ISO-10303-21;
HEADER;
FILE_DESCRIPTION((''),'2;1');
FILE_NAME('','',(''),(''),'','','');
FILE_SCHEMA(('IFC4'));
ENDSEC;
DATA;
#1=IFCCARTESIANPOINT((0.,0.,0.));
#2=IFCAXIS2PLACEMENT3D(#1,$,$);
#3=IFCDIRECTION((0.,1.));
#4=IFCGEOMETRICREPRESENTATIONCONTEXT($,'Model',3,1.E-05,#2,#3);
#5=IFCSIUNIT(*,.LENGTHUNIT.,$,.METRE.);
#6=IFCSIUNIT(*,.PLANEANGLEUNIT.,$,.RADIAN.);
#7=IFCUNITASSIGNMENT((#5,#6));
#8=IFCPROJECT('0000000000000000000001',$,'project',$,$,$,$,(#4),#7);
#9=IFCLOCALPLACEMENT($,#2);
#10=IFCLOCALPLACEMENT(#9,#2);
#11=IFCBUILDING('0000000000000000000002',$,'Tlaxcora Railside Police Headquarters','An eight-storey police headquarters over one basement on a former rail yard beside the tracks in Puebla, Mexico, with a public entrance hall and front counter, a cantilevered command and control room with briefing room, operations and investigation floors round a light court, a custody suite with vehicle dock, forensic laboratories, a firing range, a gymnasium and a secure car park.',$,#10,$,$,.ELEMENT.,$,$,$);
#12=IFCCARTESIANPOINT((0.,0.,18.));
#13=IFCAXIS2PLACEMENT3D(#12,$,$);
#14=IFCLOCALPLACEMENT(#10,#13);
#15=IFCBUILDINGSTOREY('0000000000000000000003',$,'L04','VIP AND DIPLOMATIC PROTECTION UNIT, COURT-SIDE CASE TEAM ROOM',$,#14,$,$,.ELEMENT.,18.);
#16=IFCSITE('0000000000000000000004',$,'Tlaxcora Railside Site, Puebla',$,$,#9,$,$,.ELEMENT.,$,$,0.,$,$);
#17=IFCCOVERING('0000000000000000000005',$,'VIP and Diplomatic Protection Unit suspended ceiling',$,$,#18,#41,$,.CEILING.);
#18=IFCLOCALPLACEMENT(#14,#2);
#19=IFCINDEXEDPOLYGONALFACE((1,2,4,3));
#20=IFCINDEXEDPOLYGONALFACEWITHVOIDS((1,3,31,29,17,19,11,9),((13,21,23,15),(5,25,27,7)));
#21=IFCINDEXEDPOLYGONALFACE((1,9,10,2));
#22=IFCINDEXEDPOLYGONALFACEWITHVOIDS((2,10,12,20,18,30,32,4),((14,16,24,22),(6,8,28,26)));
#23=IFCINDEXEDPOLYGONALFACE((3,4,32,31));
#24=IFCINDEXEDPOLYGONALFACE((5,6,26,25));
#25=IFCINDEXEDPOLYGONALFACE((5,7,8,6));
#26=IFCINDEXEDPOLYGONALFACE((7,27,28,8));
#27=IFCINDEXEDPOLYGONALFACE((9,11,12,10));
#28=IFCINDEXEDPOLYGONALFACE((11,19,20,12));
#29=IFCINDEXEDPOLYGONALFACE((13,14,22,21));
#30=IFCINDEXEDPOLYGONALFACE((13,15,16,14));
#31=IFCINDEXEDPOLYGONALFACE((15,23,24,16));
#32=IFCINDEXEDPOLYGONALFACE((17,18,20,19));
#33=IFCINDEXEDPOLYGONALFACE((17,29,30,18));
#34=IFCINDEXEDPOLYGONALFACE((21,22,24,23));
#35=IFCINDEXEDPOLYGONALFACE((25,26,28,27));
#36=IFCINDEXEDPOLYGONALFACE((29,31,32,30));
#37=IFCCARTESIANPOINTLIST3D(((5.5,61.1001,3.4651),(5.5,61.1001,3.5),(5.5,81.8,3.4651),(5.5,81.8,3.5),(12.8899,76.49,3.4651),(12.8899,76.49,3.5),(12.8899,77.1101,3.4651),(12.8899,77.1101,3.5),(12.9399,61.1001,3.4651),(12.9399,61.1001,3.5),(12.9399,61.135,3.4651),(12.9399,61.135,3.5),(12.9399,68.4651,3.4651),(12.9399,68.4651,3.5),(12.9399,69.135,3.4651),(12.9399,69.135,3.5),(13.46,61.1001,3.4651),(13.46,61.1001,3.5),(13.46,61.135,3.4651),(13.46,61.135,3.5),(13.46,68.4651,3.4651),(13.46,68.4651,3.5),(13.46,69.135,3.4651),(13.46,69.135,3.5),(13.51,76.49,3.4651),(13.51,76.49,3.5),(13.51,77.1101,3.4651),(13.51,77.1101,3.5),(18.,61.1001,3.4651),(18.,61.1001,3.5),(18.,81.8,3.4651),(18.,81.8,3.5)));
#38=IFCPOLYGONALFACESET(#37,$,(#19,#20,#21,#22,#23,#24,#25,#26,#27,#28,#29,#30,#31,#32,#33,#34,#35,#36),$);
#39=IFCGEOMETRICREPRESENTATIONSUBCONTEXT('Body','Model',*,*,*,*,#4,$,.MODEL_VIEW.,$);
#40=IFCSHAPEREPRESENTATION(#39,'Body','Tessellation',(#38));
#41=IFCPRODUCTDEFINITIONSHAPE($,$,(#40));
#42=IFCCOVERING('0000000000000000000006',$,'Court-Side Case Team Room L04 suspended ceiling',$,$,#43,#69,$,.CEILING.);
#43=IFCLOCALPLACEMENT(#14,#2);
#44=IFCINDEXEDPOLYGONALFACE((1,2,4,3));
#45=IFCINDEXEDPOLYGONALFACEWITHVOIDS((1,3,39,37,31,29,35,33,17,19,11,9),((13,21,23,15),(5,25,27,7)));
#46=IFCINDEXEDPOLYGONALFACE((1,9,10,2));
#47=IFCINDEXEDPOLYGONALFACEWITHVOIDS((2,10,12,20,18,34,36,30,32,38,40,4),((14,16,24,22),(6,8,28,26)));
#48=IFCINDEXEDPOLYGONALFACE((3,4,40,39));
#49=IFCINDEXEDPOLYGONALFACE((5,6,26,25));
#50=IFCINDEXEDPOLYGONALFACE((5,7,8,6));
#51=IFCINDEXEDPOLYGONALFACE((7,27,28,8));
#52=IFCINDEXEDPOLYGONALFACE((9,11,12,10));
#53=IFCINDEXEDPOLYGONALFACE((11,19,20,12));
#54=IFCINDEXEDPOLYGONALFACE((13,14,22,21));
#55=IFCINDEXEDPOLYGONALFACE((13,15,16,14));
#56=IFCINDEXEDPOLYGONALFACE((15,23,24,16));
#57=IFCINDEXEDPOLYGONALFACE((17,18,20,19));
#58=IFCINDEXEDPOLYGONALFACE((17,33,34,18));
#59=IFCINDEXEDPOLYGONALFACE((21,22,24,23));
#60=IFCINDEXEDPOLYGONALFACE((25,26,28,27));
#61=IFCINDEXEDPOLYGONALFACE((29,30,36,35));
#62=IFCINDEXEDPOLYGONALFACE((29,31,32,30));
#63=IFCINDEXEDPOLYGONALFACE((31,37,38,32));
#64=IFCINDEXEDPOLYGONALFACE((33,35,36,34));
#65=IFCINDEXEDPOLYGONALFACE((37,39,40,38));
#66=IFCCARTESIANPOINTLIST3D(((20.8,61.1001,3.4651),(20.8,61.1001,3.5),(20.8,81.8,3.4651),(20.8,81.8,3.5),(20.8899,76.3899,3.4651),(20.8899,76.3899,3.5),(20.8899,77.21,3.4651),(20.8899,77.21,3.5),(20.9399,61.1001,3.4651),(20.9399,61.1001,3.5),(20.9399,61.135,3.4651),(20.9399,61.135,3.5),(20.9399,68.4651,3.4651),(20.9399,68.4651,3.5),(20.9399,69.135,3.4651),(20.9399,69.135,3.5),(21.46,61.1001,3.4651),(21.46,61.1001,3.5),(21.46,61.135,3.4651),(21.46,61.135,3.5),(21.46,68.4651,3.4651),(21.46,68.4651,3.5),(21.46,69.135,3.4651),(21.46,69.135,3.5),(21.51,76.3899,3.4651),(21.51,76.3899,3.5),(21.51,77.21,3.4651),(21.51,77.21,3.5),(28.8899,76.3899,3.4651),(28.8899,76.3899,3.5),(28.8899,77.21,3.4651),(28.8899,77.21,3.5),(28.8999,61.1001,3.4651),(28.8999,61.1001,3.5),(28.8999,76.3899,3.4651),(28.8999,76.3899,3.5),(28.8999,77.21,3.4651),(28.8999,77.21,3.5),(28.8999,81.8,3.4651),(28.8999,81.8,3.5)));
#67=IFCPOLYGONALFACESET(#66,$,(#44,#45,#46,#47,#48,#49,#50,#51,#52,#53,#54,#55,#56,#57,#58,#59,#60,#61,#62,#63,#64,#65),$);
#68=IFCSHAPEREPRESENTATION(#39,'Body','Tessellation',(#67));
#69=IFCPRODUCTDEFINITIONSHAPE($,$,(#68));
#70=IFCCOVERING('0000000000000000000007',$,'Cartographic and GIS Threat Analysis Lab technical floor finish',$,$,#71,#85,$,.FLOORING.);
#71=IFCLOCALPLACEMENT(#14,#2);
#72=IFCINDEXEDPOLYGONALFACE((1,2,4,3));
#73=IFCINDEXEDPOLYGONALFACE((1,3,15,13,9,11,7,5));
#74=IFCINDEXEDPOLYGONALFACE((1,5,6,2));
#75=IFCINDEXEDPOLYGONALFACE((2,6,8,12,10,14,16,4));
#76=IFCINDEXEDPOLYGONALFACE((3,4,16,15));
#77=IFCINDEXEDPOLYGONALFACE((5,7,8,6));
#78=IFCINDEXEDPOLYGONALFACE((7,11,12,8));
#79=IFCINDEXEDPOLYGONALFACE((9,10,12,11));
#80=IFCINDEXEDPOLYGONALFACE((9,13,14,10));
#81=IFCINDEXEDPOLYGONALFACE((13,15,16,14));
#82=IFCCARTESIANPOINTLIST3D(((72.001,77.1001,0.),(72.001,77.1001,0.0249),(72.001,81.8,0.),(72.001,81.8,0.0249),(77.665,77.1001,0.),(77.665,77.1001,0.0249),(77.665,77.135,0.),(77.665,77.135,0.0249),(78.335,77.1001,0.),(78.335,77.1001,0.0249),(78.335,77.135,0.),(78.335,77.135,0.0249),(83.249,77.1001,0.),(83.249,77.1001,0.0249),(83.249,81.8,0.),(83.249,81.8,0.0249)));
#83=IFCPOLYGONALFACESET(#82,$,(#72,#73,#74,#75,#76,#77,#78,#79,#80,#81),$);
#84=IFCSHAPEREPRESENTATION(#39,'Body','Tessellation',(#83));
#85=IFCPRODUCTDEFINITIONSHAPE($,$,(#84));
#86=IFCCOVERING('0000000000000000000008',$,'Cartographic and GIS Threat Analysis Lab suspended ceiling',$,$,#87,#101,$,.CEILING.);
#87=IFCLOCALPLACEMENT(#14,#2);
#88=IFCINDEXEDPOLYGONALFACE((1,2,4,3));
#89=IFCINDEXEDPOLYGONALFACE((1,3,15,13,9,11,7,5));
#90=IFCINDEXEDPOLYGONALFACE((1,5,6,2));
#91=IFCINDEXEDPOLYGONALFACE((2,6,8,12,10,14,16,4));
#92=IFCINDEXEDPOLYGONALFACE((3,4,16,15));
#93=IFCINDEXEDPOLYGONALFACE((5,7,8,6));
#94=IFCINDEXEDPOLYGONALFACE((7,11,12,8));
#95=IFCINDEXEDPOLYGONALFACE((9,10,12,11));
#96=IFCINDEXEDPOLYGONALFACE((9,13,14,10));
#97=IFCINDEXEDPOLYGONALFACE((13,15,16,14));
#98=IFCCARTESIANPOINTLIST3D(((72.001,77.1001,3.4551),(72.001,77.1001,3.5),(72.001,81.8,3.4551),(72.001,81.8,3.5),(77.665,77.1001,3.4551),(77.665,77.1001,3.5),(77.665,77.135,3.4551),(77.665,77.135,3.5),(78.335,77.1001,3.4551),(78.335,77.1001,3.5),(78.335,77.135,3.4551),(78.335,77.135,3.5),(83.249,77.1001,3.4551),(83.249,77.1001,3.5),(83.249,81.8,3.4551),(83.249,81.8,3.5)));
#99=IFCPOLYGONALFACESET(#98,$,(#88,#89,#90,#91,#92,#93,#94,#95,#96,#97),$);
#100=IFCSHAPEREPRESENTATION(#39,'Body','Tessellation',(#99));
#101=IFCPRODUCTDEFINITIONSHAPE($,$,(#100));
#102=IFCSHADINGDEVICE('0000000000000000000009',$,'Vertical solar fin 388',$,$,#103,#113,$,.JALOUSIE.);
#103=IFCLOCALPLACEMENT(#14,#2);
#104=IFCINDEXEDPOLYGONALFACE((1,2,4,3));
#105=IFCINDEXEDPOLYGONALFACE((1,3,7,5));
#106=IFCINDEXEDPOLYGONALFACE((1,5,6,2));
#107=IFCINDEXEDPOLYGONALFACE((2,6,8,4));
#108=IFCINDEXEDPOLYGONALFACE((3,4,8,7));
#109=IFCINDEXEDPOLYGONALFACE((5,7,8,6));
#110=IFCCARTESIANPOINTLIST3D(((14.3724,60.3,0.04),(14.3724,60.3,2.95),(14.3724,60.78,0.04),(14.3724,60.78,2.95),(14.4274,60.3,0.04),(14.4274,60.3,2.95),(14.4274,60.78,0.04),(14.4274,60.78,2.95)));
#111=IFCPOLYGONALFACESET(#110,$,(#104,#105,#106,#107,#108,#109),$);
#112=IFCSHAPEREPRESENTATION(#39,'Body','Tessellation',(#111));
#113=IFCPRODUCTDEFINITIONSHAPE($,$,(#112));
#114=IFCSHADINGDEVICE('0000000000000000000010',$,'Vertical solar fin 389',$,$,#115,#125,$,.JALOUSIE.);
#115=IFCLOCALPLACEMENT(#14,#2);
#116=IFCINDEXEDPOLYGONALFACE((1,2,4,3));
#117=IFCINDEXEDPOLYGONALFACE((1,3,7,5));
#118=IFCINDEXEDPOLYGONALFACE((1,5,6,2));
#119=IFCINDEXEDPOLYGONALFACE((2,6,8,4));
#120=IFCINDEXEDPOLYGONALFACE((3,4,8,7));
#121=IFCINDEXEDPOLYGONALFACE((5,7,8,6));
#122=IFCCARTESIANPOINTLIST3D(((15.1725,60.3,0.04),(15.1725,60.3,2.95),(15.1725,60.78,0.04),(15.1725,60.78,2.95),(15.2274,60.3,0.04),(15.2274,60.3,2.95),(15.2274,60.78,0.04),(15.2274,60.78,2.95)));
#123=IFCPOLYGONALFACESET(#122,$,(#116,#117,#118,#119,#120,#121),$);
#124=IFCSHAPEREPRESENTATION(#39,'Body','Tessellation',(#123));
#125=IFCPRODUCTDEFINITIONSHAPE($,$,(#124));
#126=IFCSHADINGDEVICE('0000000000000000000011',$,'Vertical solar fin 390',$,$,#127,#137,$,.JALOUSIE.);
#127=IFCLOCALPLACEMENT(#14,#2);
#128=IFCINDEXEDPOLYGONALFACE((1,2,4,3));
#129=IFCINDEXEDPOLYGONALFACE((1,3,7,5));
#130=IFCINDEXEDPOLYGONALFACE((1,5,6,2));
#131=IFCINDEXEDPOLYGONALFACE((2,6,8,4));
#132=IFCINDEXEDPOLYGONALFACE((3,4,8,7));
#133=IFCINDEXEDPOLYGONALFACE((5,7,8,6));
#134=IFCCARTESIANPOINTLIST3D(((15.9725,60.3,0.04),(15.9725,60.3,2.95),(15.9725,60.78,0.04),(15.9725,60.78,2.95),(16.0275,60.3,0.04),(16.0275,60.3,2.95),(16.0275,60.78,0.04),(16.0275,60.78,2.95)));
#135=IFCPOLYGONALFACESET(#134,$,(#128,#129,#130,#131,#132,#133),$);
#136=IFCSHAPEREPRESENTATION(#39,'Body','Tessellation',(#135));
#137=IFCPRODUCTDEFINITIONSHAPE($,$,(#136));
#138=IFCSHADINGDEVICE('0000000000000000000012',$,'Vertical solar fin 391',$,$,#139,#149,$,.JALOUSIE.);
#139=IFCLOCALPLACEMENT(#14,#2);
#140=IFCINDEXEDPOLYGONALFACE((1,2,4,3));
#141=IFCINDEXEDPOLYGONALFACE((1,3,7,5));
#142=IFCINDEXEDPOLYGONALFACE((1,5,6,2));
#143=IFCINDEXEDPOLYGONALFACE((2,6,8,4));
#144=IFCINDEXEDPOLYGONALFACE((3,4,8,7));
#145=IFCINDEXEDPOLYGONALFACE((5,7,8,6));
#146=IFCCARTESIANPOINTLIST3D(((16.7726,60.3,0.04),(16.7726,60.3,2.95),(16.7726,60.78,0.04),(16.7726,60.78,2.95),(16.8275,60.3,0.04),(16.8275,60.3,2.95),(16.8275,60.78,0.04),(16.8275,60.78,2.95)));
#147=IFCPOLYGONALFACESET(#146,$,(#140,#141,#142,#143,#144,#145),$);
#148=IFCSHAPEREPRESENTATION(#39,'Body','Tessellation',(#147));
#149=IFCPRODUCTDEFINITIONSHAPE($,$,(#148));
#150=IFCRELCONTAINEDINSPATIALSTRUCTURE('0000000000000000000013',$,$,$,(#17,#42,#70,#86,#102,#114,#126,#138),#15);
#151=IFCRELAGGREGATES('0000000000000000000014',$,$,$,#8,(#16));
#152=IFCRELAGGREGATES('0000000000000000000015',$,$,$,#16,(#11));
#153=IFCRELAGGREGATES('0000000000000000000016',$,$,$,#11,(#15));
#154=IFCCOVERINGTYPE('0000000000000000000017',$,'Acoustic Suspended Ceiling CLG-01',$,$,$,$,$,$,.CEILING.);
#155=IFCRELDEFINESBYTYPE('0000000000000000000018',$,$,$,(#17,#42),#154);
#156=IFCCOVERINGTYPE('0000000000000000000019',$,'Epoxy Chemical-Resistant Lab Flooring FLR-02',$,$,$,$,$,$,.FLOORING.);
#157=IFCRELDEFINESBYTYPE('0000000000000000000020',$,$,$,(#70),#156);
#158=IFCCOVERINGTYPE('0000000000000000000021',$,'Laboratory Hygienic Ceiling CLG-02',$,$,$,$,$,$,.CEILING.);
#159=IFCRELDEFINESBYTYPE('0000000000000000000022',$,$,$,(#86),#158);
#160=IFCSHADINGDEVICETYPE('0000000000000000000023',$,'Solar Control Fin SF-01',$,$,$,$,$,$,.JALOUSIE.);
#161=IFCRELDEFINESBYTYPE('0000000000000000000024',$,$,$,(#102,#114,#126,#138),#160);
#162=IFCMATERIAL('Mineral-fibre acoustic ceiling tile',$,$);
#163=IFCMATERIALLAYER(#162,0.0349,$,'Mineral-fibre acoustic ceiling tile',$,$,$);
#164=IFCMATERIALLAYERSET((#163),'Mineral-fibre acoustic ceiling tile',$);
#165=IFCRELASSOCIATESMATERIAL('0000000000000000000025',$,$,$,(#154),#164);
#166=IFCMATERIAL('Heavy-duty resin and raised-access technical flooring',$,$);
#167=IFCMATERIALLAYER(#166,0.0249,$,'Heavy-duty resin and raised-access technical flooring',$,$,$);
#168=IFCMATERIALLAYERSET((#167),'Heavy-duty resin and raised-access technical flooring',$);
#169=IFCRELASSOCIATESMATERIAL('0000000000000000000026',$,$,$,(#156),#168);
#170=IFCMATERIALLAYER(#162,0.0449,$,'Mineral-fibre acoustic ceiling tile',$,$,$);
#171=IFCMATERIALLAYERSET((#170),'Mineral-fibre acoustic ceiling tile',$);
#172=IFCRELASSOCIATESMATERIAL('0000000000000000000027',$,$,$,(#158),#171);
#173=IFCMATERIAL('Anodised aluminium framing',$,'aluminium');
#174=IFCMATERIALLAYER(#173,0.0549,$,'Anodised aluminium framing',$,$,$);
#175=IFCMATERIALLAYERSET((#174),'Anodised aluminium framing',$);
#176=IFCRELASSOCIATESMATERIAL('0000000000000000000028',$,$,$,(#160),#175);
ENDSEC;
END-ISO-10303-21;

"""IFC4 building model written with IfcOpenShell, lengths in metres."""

from ifc_helpers import new_model, si_unit, direction, frame, origin, origin_2d, place, context, subcontext, project, spatial, polyline, rectangle, outline, extrude, material, layer, layer_set, type_object, element, save


model = new_model("IFC4")

# Units and contexts
model_context = context("Model", 3, precision=1e-05, world=origin(), true_north=direction((0.0, 1.0)))
body_context = subcontext(model_context, "Body", "Model", "MODEL_VIEW")
ifc_project = project(units=[si_unit("LENGTHUNIT", "METRE"), si_unit("PLANEANGLEUNIT", "RADIAN")], contexts=[model_context])

# Site, building, storey
site_placement = place(None, origin())
site = spatial("IfcSite", under=ifc_project, at=site_placement, Name="Tlaxcora Railside Site, Puebla", CompositionType="ELEMENT", RefElevation=0.0)
building_placement = place(site_placement, origin())
building = spatial("IfcBuilding", under=site, at=building_placement, Name="Tlaxcora Railside Police Headquarters", Description="An eight-storey police headquarters over one basement on a former rail yard beside the tracks in Puebla, Mexico, with a public entrance hall and front counter, a cantilevered command and control room with briefing room, operations and investigation floors round a light court, a custody suite with vehicle dock, forensic laboratories, a firing range, a gymnasium and a secure car park.", CompositionType="ELEMENT")
storey_placement = place(building_placement, frame((0.0, 0.0, 18.0)))
storey = spatial("IfcBuildingStorey", under=building, at=storey_placement, Name="L04", Description="VIP AND DIPLOMATIC PROTECTION UNIT, COURT-SIDE CASE TEAM ROOM", CompositionType="ELEMENT", Elevation=18.0)

# Coverings
ifc_material_1 = material(Name="Mineral-fibre acoustic ceiling tile")
ifc_layer_1 = layer(ifc_material_1, 0.0349, Name="Mineral-fibre acoustic ceiling tile")
ifc_layer_set_1 = layer_set([ifc_layer_1], Name="Mineral-fibre acoustic ceiling tile")
covering_type_1 = type_object("IfcCoveringType", Name="Acoustic Suspended Ceiling CLG-01", PredefinedType="CEILING", material=ifc_layer_set_1)
covering_1_placement = place(storey_placement, frame((0.0, 0.0, 3.4651)))
element("IfcCovering", 1, at=covering_1_placement, inside=storey, type_object=covering_type_1, Name="VIP and Diplomatic Protection Unit suspended ceiling", PredefinedType="CEILING", context=body_context, shape_type="SweptSolid", body=[
    extrude(outline(polyline([(18.0, 61.1001), (18.0, 81.8), (5.5, 81.8), (5.5, 61.1001), (12.9399, 61.1001), (12.9399, 61.135), (13.46, 61.135), (13.46, 61.1001), (18.0, 61.1001)]), holes=[polyline([(13.46, 69.135), (13.46, 68.4651), (12.9399, 68.4651), (12.9399, 69.135), (13.46, 69.135)]), polyline([(13.51, 76.49), (12.8899, 76.49), (12.8899, 77.1101), (13.51, 77.1101), (13.51, 76.49)])]), origin(), (0.0, 0.0, 1.0), 0.0349),
])
covering_2_placement = place(storey_placement, frame((0.0, 0.0, 3.4651)))
element("IfcCovering", 2, at=covering_2_placement, inside=storey, type_object=covering_type_1, Name="Court-Side Case Team Room L04 suspended ceiling", PredefinedType="CEILING", context=body_context, shape_type="SweptSolid", body=[
    extrude(outline(polyline([(21.46, 61.1001), (28.8999, 61.1001), (28.8999, 76.3899), (28.8899, 76.3899), (28.8899, 77.21), (28.8999, 77.21), (28.8999, 81.8), (20.8, 81.8), (20.8, 61.1001), (20.9399, 61.1001), (20.9399, 61.135), (21.46, 61.135), (21.46, 61.1001)]), holes=[polyline([(20.9399, 69.135), (21.46, 69.135), (21.46, 68.4651), (20.9399, 68.4651), (20.9399, 69.135)]), polyline([(21.51, 77.21), (21.51, 76.3899), (20.8899, 76.3899), (20.8899, 77.21), (21.51, 77.21)])]), origin(), (0.0, 0.0, 1.0), 0.0349),
])
ifc_material_2 = material(Name="Heavy-duty resin and raised-access technical flooring")
ifc_layer_2 = layer(ifc_material_2, 0.0249, Name="Heavy-duty resin and raised-access technical flooring")
ifc_layer_set_2 = layer_set([ifc_layer_2], Name="Heavy-duty resin and raised-access technical flooring")
covering_type_2 = type_object("IfcCoveringType", Name="Epoxy Chemical-Resistant Lab Flooring FLR-02", PredefinedType="FLOORING", material=ifc_layer_set_2)
covering_3_placement = place(storey_placement, origin())
element("IfcCovering", 3, at=covering_3_placement, inside=storey, type_object=covering_type_2, Name="Cartographic and GIS Threat Analysis Lab technical floor finish", PredefinedType="FLOORING", context=body_context, shape_type="SweptSolid", body=[
    extrude(outline(polyline([(72.001, 81.8), (72.001, 77.1001), (77.665, 77.1001), (77.665, 77.135), (78.335, 77.135), (78.335, 77.1001), (83.249, 77.1001), (83.249, 81.8), (72.001, 81.8)])), origin(), (0.0, 0.0, 1.0), 0.0249),
])
ifc_layer_3 = layer(ifc_material_1, 0.0449, Name="Mineral-fibre acoustic ceiling tile")
ifc_layer_set_3 = layer_set([ifc_layer_3], Name="Mineral-fibre acoustic ceiling tile")
covering_type_3 = type_object("IfcCoveringType", Name="Laboratory Hygienic Ceiling CLG-02", PredefinedType="CEILING", material=ifc_layer_set_3)
covering_4_placement = place(storey_placement, frame((0.0, 0.0, 3.4551)))
element("IfcCovering", 4, at=covering_4_placement, inside=storey, type_object=covering_type_3, Name="Cartographic and GIS Threat Analysis Lab suspended ceiling", PredefinedType="CEILING", context=body_context, shape_type="SweptSolid", body=[
    extrude(outline(polyline([(72.001, 81.8), (72.001, 77.1001), (77.665, 77.1001), (77.665, 77.135), (78.335, 77.135), (78.335, 77.1001), (83.249, 77.1001), (83.249, 81.8), (72.001, 81.8)])), origin(), (0.0, 0.0, 1.0), 0.0449),
])

# Shading devices
ifc_material_3 = material(Name="Anodised aluminium framing", Category="aluminium")
ifc_layer_4 = layer(ifc_material_3, 0.0549, Name="Anodised aluminium framing")
ifc_layer_set_4 = layer_set([ifc_layer_4], Name="Anodised aluminium framing")
shading_device_type = type_object("IfcShadingDeviceType", Name="Solar Control Fin SF-01", PredefinedType="JALOUSIE", material=ifc_layer_set_4)
for number, where, z_axis, x_axis, name in (
    (5, (14.3999, 60.54, 0.04), (0.0, 0.0, 1.0), (0.0, -1.0, 0.0), "Vertical solar fin 388"),
    (6, (15.2, 60.54, 0.04), (0.0, 0.0, 1.0), (0.0, -1.0, 0.0), "Vertical solar fin 389"),
    (7, (16.0, 60.54, 0.04), (0.0, 0.0, 1.0), (0.0, -1.0, 0.0), "Vertical solar fin 390"),
    (8, (16.8, 60.54, 0.04), (0.0, 0.0, 1.0), (0.0, -1.0, 0.0), "Vertical solar fin 391"),
):
    element("IfcShadingDevice", number, at=place(storey_placement, frame(where, z_axis=z_axis, x_axis=x_axis)), inside=storey, type_object=shading_device_type, Name=name, PredefinedType="JALOUSIE", context=body_context, shape_type="SweptSolid", body=[
        extrude(rectangle(XDim=0.48, YDim=0.0549, at=origin_2d()), origin(), (0.0, 0.0, 1.0), 2.9099),
    ])

save(model, "model.ifc")
